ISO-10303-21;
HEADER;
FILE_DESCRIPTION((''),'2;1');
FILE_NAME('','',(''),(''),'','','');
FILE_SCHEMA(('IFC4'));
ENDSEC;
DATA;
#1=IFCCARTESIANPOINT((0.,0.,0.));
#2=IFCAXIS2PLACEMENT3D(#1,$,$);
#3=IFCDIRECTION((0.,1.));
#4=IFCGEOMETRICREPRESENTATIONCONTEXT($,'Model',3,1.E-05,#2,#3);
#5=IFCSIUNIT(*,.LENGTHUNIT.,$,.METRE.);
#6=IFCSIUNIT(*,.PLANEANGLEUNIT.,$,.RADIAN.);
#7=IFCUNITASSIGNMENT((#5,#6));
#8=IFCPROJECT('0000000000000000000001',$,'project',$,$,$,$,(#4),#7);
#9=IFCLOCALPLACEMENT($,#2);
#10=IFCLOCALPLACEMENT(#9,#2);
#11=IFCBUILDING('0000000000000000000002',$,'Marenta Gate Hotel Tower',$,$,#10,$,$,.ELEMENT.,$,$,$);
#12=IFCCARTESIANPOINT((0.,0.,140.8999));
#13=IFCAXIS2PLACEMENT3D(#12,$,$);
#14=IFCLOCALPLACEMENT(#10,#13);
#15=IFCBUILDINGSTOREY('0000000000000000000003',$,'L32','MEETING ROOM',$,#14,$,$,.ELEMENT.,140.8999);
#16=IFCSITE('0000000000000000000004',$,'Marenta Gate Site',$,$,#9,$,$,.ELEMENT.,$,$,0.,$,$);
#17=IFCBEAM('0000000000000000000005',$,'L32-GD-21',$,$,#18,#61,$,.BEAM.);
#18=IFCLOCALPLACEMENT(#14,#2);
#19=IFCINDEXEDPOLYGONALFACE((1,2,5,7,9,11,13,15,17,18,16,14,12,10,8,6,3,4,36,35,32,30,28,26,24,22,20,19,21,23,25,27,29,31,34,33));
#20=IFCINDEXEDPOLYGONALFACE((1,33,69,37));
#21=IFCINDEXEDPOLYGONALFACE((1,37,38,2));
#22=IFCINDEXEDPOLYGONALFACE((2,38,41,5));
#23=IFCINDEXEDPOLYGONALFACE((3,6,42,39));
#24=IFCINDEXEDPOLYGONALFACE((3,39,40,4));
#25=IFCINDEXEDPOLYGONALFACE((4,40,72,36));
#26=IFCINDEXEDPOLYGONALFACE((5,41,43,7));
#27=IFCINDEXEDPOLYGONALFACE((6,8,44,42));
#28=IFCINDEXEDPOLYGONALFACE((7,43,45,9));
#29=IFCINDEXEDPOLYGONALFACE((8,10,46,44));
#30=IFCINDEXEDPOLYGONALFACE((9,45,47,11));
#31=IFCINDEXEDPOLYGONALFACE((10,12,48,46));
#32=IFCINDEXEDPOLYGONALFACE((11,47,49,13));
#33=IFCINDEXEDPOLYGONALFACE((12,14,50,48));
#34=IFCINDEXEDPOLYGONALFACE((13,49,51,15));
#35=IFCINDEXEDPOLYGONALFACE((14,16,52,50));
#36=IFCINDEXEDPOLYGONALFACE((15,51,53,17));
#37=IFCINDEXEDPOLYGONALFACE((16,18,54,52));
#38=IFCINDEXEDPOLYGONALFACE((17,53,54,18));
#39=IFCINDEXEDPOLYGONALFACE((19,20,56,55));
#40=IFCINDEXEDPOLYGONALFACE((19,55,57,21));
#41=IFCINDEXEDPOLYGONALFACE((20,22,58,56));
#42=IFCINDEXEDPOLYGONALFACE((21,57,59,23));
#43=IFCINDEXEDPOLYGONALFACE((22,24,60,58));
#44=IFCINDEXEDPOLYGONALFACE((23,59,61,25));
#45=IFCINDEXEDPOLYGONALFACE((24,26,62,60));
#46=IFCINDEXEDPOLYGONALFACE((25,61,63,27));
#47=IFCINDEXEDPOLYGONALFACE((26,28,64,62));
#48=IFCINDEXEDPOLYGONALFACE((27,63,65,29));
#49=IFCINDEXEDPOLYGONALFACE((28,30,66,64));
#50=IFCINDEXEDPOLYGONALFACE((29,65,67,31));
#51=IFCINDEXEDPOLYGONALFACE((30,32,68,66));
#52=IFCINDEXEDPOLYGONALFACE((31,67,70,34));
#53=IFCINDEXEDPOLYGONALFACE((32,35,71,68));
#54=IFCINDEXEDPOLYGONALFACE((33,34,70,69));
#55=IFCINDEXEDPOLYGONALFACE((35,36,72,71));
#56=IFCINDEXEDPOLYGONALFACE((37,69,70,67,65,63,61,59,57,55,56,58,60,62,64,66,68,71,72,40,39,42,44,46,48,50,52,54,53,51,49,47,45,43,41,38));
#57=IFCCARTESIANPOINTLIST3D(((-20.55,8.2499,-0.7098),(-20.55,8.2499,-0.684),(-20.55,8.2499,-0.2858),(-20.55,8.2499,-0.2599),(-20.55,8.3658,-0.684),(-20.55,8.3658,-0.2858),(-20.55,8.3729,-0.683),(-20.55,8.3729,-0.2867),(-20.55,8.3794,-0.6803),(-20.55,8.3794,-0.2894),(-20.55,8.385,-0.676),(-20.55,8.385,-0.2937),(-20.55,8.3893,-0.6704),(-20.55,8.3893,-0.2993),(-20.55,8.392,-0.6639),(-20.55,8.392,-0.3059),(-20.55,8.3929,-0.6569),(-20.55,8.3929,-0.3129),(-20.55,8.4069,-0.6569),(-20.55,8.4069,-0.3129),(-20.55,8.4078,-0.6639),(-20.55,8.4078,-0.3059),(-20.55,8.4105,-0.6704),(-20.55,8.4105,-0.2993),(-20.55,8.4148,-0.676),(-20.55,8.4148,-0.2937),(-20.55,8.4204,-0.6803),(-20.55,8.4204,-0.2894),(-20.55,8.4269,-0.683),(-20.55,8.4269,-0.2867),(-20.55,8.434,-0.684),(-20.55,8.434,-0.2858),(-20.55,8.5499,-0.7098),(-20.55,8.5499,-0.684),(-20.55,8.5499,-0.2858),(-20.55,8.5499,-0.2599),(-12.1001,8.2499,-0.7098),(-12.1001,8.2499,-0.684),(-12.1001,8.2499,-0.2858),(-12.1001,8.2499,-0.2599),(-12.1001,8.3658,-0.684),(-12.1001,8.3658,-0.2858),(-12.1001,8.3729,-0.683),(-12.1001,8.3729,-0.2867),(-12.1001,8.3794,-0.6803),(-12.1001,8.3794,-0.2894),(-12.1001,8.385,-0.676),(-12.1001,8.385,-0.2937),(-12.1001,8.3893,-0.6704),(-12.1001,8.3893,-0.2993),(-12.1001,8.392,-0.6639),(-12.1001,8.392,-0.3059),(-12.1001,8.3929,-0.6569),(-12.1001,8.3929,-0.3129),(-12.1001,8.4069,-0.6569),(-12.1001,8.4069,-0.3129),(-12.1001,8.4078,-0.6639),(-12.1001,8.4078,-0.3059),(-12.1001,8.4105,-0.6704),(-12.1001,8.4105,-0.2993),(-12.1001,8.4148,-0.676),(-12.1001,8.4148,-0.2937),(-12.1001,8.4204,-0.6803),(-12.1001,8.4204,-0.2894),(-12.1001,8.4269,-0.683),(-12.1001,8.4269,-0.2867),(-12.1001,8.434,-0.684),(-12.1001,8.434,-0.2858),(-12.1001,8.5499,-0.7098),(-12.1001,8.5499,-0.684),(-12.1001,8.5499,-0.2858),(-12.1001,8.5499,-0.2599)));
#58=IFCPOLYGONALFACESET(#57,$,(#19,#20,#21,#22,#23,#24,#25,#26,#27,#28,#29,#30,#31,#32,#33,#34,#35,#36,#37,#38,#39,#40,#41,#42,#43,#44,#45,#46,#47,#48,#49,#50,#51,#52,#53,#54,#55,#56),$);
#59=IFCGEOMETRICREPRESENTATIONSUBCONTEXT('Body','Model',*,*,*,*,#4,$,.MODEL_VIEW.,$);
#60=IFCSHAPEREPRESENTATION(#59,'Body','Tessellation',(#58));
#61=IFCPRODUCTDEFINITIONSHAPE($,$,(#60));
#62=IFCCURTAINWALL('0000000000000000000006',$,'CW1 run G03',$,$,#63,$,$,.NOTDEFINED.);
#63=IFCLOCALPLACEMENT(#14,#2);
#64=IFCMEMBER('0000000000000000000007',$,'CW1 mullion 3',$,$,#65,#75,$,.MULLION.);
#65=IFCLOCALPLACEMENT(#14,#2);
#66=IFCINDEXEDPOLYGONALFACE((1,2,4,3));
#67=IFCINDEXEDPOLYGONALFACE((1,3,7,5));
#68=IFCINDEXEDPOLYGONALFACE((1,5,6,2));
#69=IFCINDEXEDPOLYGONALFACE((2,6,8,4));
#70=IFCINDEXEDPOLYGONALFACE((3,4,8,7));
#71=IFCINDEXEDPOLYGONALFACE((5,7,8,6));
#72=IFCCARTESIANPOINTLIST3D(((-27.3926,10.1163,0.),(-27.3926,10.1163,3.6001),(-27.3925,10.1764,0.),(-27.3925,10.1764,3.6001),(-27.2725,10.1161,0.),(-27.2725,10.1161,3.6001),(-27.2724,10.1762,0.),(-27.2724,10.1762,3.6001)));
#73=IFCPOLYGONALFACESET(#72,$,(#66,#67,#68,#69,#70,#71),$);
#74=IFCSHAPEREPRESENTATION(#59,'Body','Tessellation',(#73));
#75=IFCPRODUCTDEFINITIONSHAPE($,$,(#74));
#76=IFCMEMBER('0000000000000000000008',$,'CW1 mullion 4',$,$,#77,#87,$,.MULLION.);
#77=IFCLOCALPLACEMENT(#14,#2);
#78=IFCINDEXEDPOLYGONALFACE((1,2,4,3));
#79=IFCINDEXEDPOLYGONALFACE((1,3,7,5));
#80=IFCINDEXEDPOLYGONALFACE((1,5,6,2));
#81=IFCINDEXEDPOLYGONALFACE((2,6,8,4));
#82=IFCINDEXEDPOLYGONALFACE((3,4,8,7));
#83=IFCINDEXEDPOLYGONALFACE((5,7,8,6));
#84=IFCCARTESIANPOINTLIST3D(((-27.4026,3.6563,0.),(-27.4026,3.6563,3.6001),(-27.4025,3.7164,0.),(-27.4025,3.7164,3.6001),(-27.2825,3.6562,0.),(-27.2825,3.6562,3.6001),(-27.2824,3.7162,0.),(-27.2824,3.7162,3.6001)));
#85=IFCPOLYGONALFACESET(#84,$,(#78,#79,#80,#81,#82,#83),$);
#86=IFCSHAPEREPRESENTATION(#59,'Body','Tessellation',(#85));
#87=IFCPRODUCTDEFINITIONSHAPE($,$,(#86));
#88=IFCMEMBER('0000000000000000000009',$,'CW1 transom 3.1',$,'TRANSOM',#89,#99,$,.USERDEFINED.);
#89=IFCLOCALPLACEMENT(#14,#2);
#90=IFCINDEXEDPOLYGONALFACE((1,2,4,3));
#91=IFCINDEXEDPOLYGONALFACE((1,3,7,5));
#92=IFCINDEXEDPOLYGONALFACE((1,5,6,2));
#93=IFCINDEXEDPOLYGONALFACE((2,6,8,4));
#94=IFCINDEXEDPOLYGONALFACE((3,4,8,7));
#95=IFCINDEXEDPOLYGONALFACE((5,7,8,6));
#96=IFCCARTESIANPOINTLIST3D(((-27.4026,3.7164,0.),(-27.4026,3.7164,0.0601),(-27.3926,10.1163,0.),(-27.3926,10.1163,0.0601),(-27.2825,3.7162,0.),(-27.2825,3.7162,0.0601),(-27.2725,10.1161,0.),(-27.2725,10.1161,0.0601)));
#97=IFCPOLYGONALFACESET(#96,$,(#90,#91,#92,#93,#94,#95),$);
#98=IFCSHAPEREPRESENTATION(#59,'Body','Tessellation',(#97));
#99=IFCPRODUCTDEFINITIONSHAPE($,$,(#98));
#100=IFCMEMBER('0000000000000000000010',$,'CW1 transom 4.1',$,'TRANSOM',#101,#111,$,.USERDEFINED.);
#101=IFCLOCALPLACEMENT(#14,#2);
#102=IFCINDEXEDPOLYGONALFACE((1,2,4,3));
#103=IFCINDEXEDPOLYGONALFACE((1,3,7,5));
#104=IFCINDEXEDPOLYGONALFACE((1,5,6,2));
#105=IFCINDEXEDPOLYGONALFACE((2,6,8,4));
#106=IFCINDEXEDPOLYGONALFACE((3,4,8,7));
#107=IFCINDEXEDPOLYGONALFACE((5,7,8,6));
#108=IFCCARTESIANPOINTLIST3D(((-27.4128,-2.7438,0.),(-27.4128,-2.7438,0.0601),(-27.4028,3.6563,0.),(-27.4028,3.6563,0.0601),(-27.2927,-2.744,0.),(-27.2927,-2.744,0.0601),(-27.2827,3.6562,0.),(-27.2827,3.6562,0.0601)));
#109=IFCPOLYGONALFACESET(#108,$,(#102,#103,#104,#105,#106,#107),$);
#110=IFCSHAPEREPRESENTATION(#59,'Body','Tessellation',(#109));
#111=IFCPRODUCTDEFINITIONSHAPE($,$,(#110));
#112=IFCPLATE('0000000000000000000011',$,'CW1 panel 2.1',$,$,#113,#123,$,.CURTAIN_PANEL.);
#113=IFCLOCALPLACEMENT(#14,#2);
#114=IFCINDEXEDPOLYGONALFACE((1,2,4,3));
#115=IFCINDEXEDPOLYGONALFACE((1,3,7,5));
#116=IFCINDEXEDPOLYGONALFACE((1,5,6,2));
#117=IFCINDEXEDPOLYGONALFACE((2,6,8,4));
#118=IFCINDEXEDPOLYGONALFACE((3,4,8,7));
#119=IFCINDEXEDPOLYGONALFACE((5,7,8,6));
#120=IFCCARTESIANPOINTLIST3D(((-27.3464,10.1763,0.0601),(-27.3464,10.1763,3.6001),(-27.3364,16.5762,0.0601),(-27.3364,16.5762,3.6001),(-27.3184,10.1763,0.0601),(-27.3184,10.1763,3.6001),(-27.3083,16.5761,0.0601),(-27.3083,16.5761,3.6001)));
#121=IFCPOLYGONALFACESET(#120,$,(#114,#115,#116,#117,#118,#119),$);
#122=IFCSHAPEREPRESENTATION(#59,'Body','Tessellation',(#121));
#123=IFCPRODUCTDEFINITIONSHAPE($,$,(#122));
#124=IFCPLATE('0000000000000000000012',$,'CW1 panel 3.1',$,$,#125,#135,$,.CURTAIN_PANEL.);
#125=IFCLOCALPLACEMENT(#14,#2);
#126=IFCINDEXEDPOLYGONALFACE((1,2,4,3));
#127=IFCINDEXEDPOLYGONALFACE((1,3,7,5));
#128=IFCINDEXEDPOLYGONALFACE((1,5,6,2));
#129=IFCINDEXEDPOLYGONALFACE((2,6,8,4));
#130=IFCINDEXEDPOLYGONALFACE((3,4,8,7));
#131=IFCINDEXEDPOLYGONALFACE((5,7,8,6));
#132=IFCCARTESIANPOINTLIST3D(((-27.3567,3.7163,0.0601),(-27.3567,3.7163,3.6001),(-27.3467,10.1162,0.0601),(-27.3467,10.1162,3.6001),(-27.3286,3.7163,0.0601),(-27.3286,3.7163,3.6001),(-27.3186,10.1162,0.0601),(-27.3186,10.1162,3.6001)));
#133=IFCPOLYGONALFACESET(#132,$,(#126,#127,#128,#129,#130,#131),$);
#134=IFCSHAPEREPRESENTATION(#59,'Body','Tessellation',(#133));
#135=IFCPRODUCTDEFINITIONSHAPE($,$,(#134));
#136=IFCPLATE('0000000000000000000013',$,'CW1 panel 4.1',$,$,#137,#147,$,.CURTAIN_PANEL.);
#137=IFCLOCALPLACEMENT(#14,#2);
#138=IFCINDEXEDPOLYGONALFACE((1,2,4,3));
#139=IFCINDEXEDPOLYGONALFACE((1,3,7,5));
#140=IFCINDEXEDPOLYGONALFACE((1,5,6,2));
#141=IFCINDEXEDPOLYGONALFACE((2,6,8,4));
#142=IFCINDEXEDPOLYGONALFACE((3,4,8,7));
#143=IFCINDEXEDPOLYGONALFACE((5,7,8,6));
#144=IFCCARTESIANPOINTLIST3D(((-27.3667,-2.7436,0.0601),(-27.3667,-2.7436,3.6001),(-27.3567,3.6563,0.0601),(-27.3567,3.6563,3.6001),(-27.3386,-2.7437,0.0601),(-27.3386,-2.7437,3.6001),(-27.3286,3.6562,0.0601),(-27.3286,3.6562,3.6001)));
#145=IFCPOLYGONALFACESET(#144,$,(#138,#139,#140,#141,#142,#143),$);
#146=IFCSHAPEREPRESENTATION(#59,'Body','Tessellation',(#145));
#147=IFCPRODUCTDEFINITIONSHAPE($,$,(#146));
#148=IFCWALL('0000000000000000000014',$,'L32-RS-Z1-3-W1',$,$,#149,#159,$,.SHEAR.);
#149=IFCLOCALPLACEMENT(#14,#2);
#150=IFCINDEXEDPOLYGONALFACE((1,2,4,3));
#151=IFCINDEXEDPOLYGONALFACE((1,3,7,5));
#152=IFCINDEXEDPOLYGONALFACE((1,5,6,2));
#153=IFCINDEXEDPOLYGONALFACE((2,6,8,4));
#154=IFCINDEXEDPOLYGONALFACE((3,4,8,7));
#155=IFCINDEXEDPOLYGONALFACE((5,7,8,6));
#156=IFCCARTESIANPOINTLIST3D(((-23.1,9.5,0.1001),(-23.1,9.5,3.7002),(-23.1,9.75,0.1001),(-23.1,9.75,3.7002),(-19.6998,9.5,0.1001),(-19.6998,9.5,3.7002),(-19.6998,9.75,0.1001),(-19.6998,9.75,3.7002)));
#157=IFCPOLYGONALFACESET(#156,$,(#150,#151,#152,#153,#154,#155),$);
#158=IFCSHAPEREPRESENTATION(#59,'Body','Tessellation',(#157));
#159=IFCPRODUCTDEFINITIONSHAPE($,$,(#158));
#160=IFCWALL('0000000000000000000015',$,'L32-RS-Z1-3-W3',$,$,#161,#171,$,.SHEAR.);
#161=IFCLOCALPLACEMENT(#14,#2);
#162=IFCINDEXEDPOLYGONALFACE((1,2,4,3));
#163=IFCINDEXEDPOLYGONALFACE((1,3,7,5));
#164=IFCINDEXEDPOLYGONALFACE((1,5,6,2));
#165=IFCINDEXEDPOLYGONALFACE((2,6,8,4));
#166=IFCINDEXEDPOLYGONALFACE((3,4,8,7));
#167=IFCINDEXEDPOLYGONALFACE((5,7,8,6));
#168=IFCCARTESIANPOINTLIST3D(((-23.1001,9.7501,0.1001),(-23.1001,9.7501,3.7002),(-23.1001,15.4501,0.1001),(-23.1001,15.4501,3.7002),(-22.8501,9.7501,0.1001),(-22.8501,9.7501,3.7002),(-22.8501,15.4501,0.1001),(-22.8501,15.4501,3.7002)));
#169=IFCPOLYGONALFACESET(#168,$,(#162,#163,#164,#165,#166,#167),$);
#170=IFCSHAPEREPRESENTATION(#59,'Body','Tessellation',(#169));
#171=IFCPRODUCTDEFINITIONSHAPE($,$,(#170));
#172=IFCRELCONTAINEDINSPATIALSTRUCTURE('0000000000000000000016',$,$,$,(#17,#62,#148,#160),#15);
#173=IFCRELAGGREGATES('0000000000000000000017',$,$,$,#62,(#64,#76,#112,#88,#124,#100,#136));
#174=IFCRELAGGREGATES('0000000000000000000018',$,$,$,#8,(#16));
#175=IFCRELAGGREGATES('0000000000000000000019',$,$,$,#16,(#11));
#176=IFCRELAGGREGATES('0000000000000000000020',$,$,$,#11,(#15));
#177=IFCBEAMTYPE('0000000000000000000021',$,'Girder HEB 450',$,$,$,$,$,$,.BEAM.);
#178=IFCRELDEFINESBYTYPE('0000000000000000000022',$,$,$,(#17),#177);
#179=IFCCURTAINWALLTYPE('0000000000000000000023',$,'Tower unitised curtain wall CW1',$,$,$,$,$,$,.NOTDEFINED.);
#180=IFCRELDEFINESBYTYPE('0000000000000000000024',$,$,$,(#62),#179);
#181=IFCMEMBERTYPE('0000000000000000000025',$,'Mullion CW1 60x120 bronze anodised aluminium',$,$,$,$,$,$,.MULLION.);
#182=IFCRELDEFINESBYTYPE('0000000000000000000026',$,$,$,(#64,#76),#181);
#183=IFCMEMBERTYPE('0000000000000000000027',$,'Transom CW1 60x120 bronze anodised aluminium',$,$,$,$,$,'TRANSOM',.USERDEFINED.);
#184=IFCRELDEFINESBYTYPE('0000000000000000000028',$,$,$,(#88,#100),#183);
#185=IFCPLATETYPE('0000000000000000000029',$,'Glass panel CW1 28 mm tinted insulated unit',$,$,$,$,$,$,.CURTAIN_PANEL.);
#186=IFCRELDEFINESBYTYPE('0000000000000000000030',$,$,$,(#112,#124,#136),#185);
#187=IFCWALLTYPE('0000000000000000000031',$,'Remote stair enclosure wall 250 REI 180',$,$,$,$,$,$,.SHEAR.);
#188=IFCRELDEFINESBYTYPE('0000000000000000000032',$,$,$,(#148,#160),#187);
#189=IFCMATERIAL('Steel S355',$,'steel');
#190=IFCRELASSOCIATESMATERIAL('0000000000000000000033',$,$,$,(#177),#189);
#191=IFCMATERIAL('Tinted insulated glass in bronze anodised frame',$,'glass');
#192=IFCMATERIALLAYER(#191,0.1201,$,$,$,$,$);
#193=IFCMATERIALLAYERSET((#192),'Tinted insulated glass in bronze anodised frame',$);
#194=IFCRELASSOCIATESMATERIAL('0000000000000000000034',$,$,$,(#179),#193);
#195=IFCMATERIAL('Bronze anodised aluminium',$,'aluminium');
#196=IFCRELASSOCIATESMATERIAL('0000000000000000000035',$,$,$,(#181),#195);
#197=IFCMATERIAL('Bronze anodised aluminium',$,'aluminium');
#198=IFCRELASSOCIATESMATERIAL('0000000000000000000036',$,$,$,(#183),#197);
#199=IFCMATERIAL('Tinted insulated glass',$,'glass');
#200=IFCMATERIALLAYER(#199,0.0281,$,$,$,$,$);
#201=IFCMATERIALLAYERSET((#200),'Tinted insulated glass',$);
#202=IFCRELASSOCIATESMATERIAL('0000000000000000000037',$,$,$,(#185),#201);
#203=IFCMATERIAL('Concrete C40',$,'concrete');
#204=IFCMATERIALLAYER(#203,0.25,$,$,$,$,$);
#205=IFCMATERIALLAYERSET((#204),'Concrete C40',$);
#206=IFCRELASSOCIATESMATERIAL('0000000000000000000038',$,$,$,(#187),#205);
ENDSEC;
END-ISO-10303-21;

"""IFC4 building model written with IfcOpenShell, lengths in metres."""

from ifc_helpers import new_model, si_unit, direction, frame, frame_2d, origin, origin_2d, place, context, subcontext, project, spatial, rectangle, i_section, extrude, material, layer, layer_set, material_profile, profile_set, type_object, element, aggregate, save


model = new_model("IFC4")

# Units and contexts
model_context = context("Model", 3, precision=1e-05, world=origin(), true_north=direction((0.0, 1.0)))
body_context = subcontext(model_context, "Body", "Model", "MODEL_VIEW")
ifc_project = project(units=[si_unit("LENGTHUNIT", "METRE"), si_unit("PLANEANGLEUNIT", "RADIAN")], contexts=[model_context])

# Site, building, storey
site_placement = place(None, origin())
site = spatial("IfcSite", under=ifc_project, at=site_placement, Name="Marenta Gate Site", CompositionType="ELEMENT", RefElevation=0.0)
building_placement = place(site_placement, origin())
building = spatial("IfcBuilding", under=site, at=building_placement, Name="Marenta Gate Hotel Tower", CompositionType="ELEMENT")
storey_placement = place(building_placement, frame((0.0, 0.0, 140.8999)))
storey = spatial("IfcBuildingStorey", under=building, at=storey_placement, Name="L32", Description="MEETING ROOM", CompositionType="ELEMENT", Elevation=140.8999)

# Beam
ifc_material_1 = material(Name="Steel S355", Category="steel")
ifc_material_profile_1 = material_profile(ifc_material_1, i_section(OverallWidth=0.3, OverallDepth=0.45, WebThickness=0.0139, FlangeThickness=0.0259, FilletRadius=0.0271, at=origin_2d()), Name="HEB 450")
ifc_profile_set_1 = profile_set([ifc_material_profile_1], Name="Steel S355")
beam_type_1 = type_object("IfcBeamType", Name="Girder HEB 450", PredefinedType="BEAM", material=ifc_profile_set_1)
beam_1_placement = place(storey_placement, frame((-20.55, 8.3999, -0.4849), z_axis=(1.0, 0.0, 0.0), x_axis=(0.0, 1.0, 0.0)))
element("IfcBeam", 1, at=beam_1_placement, inside=storey, type_object=beam_type_1, Name="L32-GD-21", PredefinedType="BEAM", context=body_context, shape_type="SweptSolid", body=[
    extrude(i_section(OverallWidth=0.3, OverallDepth=0.45, WebThickness=0.0139, FlangeThickness=0.0259, FilletRadius=0.0271, at=origin_2d()), origin(), (0.0, 0.0, 1.0), 8.45),
])

# Curtain wall, members, plates
ifc_material_2 = material(Name="Tinted insulated glass in bronze anodised frame", Category="glass")
ifc_layer_1 = layer(ifc_material_2, 0.1201)
ifc_layer_set_1 = layer_set([ifc_layer_1], Name="Tinted insulated glass in bronze anodised frame")
curtain_wall_type = type_object("IfcCurtainWallType", Name="Tower unitised curtain wall CW1", PredefinedType="NOTDEFINED", material=ifc_layer_set_1)
curtain_wall_placement = place(storey_placement, origin())
curtain_wall = element("IfcCurtainWall", 2, at=curtain_wall_placement, inside=storey, type_object=curtain_wall_type, Name="CW1 run G03", PredefinedType="NOTDEFINED")
ifc_material_3 = material(Name="Bronze anodised aluminium", Category="aluminium")
ifc_material_profile_2 = material_profile(ifc_material_3, rectangle(XDim=0.1201, YDim=0.0601, at=origin_2d()), Name="Mullion CW1 60x120 bronze anodised aluminium")
ifc_profile_set_2 = profile_set([ifc_material_profile_2], Name="Bronze anodised aluminium")
member_type_1 = type_object("IfcMemberType", Name="Mullion CW1 60x120 bronze anodised aluminium", PredefinedType="MULLION", material=ifc_profile_set_2)
member_1_placement = place(storey_placement, frame((-27.3325, 10.1462, 0.0), z_axis=(0.0, 0.0, 1.0), x_axis=(0.999999, -0.001566, 0.0)))
member_1 = element("IfcMember", 3, at=member_1_placement, type_object=member_type_1, Name="CW1 mullion 3", PredefinedType="MULLION", context=body_context, shape_type="SweptSolid", body=[
    extrude(rectangle(XDim=0.1201, YDim=0.0601, at=origin_2d()), origin(), (0.0, 0.0, 1.0), 3.6001),
])
member_2_placement = place(storey_placement, frame((-27.3425, 3.6863, 0.0), z_axis=(0.0, 0.0, 1.0), x_axis=(0.999999, -0.001566, 0.0)))
member_2 = element("IfcMember", 4, at=member_2_placement, type_object=member_type_1, Name="CW1 mullion 4", PredefinedType="MULLION", context=body_context, shape_type="SweptSolid", body=[
    extrude(rectangle(XDim=0.1201, YDim=0.0601, at=origin_2d()), origin(), (0.0, 0.0, 1.0), 3.6001),
])
ifc_material_4 = material(Name="Bronze anodised aluminium", Category="aluminium")
ifc_material_profile_3 = material_profile(ifc_material_4, rectangle(XDim=0.1201, YDim=0.0601, at=origin_2d()), Name="Transom CW1 60x120 bronze anodised aluminium")
ifc_profile_set_3 = profile_set([ifc_material_profile_3], Name="Bronze anodised aluminium")
member_type_2 = type_object("IfcMemberType", Name="Transom CW1 60x120 bronze anodised aluminium", ElementType="TRANSOM", PredefinedType="USERDEFINED", material=ifc_profile_set_3)
member_3_placement = place(storey_placement, frame((-27.3325, 10.1162, 0.03), z_axis=(-0.001564, -0.999999, 0.0), x_axis=(0.999999, -0.001564, 0.0)))
member_3 = element("IfcMember", 5, at=member_3_placement, type_object=member_type_2, Name="CW1 transom 3.1", ObjectType="TRANSOM", PredefinedType="USERDEFINED", context=body_context, shape_type="SweptSolid", body=[
    extrude(rectangle(XDim=0.1201, YDim=0.0601, at=origin_2d()), origin(), (0.0, 0.0, 1.0), 6.3999),
])
member_4_placement = place(storey_placement, frame((-27.3428, 3.6562, 0.03), z_axis=(-0.001564, -0.999999, 0.0), x_axis=(0.999999, -0.001564, 0.0)))
member_4 = element("IfcMember", 6, at=member_4_placement, type_object=member_type_2, Name="CW1 transom 4.1", ObjectType="TRANSOM", PredefinedType="USERDEFINED", context=body_context, shape_type="SweptSolid", body=[
    extrude(rectangle(XDim=0.1201, YDim=0.0601, at=origin_2d()), origin(), (0.0, 0.0, 1.0), 6.4001),
])
ifc_material_5 = material(Name="Tinted insulated glass", Category="glass")
ifc_layer_2 = layer(ifc_material_5, 0.0281)
ifc_layer_set_2 = layer_set([ifc_layer_2], Name="Tinted insulated glass")
plate_type = type_object("IfcPlateType", Name="Glass panel CW1 28 mm tinted insulated unit", PredefinedType="CURTAIN_PANEL", material=ifc_layer_set_2)
plate_1_placement = place(storey_placement, frame((-27.3274, 13.3762, 0.0601), z_axis=(0.0, 0.0, 1.0), x_axis=(-0.001566, -0.999999, 0.0)))
plate_1 = element("IfcPlate", 7, at=plate_1_placement, type_object=plate_type, Name="CW1 panel 2.1", PredefinedType="CURTAIN_PANEL", context=body_context, shape_type="SweptSolid", body=[
    extrude(rectangle(XDim=6.3999, YDim=0.0281, at=origin_2d()), origin(), (0.0, 0.0, 1.0), 3.54),
])
plate_2_placement = place(storey_placement, frame((-27.3376, 6.9163, 0.0601), z_axis=(0.0, 0.0, 1.0), x_axis=(-0.001566, -0.999999, 0.0)))
plate_2 = element("IfcPlate", 8, at=plate_2_placement, type_object=plate_type, Name="CW1 panel 3.1", PredefinedType="CURTAIN_PANEL", context=body_context, shape_type="SweptSolid", body=[
    extrude(rectangle(XDim=6.3999, YDim=0.0281, at=origin_2d()), origin(), (0.0, 0.0, 1.0), 3.54),
])
plate_3_placement = place(storey_placement, frame((-27.3477, 0.4563, 0.0601), z_axis=(0.0, 0.0, 1.0), x_axis=(-0.001566, -0.999999, 0.0)))
plate_3 = element("IfcPlate", 9, at=plate_3_placement, type_object=plate_type, Name="CW1 panel 4.1", PredefinedType="CURTAIN_PANEL", context=body_context, shape_type="SweptSolid", body=[
    extrude(rectangle(XDim=6.3999, YDim=0.0281, at=origin_2d()), origin(), (0.0, 0.0, 1.0), 3.54),
])
aggregate(curtain_wall, [member_1, member_2, plate_1, member_3, plate_2, member_4, plate_3])

# Walls
ifc_material_6 = material(Name="Concrete C40", Category="concrete")
ifc_layer_3 = layer(ifc_material_6, 0.25)
ifc_layer_set_3 = layer_set([ifc_layer_3], Name="Concrete C40")
wall_type_1 = type_object("IfcWallType", Name="Remote stair enclosure wall 250 REI 180", PredefinedType="SHEAR", material=ifc_layer_set_3)
wall_1_placement = place(storey_placement, frame((-23.1001, 9.625, 0.1001), z_axis=(0.0, 0.0, 1.0), x_axis=(1.0, 0.0, 0.0)))
element("IfcWall", 10, at=wall_1_placement, inside=storey, type_object=wall_type_1, Name="L32-RS-Z1-3-W1", PredefinedType="SHEAR", context=body_context, shape_type="SweptSolid", body=[
    extrude(rectangle(XDim=3.4001, YDim=0.25, at=frame_2d((1.7002, 0.0))), origin(), (0.0, 0.0, 1.0), 3.6001),
])
wall_2_placement = place(storey_placement, frame((-22.9751, 9.75, 0.1001), z_axis=(0.0, 0.0, 1.0), x_axis=(0.0, 1.0, 0.0)))
element("IfcWall", 11, at=wall_2_placement, inside=storey, type_object=wall_type_1, Name="L32-RS-Z1-3-W3", PredefinedType="SHEAR", context=body_context, shape_type="SweptSolid", body=[
    extrude(rectangle(XDim=5.7, YDim=0.25, at=frame_2d((2.8501, 0.0))), origin(), (0.0, 0.0, 1.0), 3.6001),
])

save(model, "model.ifc")
